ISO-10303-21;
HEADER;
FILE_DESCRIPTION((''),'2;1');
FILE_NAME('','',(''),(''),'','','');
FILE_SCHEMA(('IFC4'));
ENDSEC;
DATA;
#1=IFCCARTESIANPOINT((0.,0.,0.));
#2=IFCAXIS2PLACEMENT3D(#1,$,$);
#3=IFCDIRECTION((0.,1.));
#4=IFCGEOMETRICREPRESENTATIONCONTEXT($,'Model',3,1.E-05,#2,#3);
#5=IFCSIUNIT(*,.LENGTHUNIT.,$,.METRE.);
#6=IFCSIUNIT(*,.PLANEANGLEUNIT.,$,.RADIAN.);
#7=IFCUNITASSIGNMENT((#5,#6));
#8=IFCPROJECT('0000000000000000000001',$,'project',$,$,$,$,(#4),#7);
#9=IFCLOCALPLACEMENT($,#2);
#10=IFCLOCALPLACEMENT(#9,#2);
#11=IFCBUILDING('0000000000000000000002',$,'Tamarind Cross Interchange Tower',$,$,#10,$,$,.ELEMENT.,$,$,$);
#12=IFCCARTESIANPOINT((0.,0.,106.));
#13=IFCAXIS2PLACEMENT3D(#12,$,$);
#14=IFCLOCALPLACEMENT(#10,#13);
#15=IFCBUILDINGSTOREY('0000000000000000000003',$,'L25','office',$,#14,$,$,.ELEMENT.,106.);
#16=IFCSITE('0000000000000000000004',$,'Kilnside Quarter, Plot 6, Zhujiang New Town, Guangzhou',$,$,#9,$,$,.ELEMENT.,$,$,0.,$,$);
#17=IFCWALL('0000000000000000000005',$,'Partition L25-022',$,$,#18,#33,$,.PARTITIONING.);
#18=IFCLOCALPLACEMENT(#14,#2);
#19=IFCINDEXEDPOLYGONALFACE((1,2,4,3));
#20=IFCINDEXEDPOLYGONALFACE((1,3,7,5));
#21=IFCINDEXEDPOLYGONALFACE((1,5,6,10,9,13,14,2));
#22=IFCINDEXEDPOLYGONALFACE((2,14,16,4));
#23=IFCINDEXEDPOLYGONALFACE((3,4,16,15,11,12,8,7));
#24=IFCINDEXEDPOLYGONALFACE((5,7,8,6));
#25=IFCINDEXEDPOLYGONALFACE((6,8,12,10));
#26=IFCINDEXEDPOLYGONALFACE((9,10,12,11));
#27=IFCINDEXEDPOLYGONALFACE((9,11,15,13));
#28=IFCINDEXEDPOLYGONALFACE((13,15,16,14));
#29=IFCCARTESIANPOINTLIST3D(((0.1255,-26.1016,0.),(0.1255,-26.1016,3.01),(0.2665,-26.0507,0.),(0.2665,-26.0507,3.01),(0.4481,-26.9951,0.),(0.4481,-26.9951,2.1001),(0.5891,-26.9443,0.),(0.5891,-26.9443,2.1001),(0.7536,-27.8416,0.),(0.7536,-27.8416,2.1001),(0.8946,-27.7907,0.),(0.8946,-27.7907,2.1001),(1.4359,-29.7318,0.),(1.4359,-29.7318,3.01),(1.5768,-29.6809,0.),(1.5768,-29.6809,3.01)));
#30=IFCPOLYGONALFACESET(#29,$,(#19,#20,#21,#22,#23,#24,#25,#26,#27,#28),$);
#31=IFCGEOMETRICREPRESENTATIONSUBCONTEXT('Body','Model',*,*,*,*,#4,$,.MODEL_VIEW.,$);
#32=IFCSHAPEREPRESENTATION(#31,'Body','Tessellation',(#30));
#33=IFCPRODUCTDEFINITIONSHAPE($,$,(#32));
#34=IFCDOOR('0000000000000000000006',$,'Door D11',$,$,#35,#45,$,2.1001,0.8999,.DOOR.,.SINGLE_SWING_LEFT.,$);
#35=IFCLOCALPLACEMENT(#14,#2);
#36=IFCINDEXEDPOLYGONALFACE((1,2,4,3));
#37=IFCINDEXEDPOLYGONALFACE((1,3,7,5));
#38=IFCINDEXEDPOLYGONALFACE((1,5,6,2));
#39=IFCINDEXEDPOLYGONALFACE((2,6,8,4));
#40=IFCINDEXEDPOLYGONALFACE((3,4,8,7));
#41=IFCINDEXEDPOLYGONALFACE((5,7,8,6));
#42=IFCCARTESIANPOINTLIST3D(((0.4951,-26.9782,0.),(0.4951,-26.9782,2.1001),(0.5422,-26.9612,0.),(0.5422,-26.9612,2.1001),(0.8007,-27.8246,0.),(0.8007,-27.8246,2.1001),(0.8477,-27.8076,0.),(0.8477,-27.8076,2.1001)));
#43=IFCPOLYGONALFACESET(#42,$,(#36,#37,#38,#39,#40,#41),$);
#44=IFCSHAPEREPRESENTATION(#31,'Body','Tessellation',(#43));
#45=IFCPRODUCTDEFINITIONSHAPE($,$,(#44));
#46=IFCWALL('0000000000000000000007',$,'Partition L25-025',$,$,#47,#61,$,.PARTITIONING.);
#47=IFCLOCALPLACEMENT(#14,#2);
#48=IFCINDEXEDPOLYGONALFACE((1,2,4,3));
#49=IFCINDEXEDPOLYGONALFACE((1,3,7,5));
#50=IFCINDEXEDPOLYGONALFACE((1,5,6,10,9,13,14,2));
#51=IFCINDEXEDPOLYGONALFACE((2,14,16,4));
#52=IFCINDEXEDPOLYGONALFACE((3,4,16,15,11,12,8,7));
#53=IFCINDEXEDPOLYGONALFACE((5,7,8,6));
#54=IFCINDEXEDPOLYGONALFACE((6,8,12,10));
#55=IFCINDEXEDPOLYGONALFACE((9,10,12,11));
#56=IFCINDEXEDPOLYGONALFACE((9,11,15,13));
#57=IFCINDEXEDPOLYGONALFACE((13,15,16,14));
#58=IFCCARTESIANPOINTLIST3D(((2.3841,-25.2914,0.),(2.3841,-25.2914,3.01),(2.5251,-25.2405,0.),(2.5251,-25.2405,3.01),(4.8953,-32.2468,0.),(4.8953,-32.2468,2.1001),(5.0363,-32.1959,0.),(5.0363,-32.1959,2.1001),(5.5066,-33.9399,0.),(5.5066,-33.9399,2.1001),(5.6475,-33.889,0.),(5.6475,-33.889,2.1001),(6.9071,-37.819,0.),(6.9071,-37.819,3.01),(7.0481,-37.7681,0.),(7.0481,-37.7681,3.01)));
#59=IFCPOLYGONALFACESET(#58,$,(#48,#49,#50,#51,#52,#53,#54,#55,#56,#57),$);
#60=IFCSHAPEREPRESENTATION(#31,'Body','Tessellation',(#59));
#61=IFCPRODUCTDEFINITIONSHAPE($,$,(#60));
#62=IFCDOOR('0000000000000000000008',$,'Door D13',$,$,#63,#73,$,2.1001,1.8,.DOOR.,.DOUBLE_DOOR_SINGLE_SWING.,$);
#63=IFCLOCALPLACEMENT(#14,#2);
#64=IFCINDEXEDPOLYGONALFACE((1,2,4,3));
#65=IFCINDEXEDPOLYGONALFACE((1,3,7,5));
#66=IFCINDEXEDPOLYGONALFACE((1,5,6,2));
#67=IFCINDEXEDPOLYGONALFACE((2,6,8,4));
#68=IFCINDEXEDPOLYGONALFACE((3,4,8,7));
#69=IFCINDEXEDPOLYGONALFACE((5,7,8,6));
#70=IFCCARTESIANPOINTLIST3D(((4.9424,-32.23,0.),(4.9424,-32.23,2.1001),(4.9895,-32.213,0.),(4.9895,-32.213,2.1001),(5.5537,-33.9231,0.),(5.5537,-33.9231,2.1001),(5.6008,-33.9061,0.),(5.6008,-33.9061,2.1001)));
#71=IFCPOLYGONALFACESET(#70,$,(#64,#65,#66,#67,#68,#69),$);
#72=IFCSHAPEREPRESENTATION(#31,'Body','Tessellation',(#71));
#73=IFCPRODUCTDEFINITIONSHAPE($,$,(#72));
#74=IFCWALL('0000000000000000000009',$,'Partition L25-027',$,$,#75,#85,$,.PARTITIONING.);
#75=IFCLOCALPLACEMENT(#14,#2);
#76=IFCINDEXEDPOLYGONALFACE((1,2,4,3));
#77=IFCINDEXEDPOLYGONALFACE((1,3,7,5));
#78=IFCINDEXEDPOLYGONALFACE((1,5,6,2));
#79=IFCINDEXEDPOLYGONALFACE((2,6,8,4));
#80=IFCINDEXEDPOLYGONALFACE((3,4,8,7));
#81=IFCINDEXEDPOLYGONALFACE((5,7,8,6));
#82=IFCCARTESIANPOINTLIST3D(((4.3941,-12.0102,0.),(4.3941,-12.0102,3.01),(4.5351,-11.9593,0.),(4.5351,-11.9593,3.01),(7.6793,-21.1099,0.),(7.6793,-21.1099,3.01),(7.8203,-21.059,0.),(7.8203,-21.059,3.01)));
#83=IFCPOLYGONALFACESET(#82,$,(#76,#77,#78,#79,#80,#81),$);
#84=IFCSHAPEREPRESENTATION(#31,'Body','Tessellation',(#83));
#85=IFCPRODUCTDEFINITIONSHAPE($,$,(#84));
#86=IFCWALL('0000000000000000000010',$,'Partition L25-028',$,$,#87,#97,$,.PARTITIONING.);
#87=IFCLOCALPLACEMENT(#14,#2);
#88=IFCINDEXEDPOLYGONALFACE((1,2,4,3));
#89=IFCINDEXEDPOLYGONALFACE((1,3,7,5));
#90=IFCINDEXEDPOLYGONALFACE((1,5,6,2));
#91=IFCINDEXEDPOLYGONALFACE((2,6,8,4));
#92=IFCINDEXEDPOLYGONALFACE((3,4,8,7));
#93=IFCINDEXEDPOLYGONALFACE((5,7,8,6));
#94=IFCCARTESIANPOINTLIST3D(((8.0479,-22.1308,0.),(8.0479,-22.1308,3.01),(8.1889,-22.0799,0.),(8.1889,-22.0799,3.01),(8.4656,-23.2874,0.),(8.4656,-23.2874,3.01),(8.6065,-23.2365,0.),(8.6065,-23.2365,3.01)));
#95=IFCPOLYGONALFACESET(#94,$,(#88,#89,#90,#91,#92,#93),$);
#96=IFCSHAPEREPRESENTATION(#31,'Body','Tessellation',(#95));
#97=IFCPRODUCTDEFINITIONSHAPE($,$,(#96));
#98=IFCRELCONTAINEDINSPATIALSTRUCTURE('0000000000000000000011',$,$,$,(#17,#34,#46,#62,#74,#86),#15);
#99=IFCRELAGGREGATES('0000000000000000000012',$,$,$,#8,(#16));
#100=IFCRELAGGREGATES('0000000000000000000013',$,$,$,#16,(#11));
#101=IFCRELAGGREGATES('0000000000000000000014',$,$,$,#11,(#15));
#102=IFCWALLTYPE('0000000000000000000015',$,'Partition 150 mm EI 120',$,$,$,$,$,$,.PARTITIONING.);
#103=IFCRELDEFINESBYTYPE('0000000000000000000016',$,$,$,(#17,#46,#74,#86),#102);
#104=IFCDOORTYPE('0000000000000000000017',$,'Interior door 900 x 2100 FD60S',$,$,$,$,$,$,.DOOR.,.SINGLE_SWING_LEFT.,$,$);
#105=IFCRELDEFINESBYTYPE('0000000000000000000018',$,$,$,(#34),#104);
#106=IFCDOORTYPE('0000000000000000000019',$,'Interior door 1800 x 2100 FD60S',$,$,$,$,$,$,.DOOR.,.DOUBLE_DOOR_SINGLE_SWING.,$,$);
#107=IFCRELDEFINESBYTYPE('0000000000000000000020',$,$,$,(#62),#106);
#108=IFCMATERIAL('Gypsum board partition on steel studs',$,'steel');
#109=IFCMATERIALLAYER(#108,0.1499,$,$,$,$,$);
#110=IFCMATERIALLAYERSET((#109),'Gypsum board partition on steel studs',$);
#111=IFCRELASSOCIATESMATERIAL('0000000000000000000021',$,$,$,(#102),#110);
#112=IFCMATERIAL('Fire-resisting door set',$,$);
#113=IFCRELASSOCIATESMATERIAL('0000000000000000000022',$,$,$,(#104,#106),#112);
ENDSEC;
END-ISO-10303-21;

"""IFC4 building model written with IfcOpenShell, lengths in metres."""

from ifc_helpers import new_model, si_unit, direction, frame, frame_2d, origin, place, context, subcontext, project, spatial, rectangle, extrude, material, layer, layer_set, type_object, element, fill, save


model = new_model("IFC4")

# Units and contexts
model_context = context("Model", 3, precision=1e-05, world=origin(), true_north=direction((0.0, 1.0)))
body_context = subcontext(model_context, "Body", "Model", "MODEL_VIEW")
ifc_project = project(units=[si_unit("LENGTHUNIT", "METRE"), si_unit("PLANEANGLEUNIT", "RADIAN")], contexts=[model_context])

# Site, building, storey
site_placement = place(None, origin())
site = spatial("IfcSite", under=ifc_project, at=site_placement, Name="Kilnside Quarter, Plot 6, Zhujiang New Town, Guangzhou", CompositionType="ELEMENT", RefElevation=0.0)
building_placement = place(site_placement, origin())
building = spatial("IfcBuilding", under=site, at=building_placement, Name="Tamarind Cross Interchange Tower", CompositionType="ELEMENT")
storey_placement = place(building_placement, frame((0.0, 0.0, 106.0)))
storey = spatial("IfcBuildingStorey", under=building, at=storey_placement, Name="L25", Description="office", CompositionType="ELEMENT", Elevation=106.0)

# Shared definitions
ifc_material_1 = material(Name="Gypsum board partition on steel studs", Category="steel")
ifc_layer_1 = layer(ifc_material_1, 0.1499)
ifc_layer_set_1 = layer_set([ifc_layer_1], Name="Gypsum board partition on steel studs")
wall_type_1 = type_object("IfcWallType", Name="Partition 150 mm EI 120", PredefinedType="PARTITIONING", material=ifc_layer_set_1)

# Walls, openings, doors
wall_1_placement = place(storey_placement, frame((0.196, -26.0762, 0.0), z_axis=(0.0, 0.0, 1.0), x_axis=(0.339512, -0.940602, 0.0)))
wall_1 = element("IfcWall", 1, at=wall_1_placement, inside=storey, type_object=wall_type_1, Name="Partition L25-022", PredefinedType="PARTITIONING", context=body_context, shape_type="SweptSolid", body=[
    extrude(rectangle(XDim=3.8594, YDim=0.1499, at=frame_2d((1.9297, 0.0))), origin(), (0.0, 0.0, 1.0), 3.01),
])
opening_1_placement = place(wall_1_placement, frame((0.95, 0.0, 0.0)))
opening_1 = element("IfcOpeningElement", 2, at=opening_1_placement, cuts=wall_1, PredefinedType="OPENING", context=body_context, shape_type="SweptSolid", body=[
    extrude(rectangle(XDim=0.8999, YDim=2.1001, at=frame_2d((0.45, 1.05))), frame((0.0, 0.085, 0.0), z_axis=(0.0, -1.0, 0.0), x_axis=(1.0, 0.0, 0.0)), (0.0, 0.0, 1.0), 0.1699),
])
ifc_material_2 = material(Name="Fire-resisting door set")
door_type_1 = type_object("IfcDoorType", Name="Interior door 900 x 2100 FD60S", OperationType="SINGLE_SWING_LEFT", PredefinedType="DOOR", material=ifc_material_2)
door_1_placement = place(opening_1_placement, frame((0.8999, 0.0, 0.0), z_axis=(0.0, 0.0, 1.0), x_axis=(-1.0, 0.0, 0.0)))
door_1 = element("IfcDoor", 3, at=door_1_placement, inside=storey, type_object=door_type_1, Name="Door D11", OperationType="SINGLE_SWING_LEFT", OverallHeight=2.1001, OverallWidth=0.8999, PredefinedType="DOOR", context=body_context, shape_type="SweptSolid", body=[
    extrude(rectangle(XDim=0.8999, YDim=2.1001, at=frame_2d((0.45, 1.05))), frame((0.0, 0.0249, 0.0), z_axis=(0.0, -1.0, 0.0), x_axis=(1.0, 0.0, 0.0)), (0.0, 0.0, 1.0), 0.05),
])
fill(opening_1, door_1)
wall_2_placement = place(storey_placement, frame((2.4546, -25.2659, 0.0), z_axis=(0.0, 0.0, 1.0), x_axis=(0.339585, -0.940576, 0.0)))
wall_2 = element("IfcWall", 4, at=wall_2_placement, inside=storey, type_object=wall_type_1, Name="Partition L25-025", PredefinedType="PARTITIONING", context=body_context, shape_type="SweptSolid", body=[
    extrude(rectangle(XDim=13.3191, YDim=0.1499, at=frame_2d((6.6597, 0.0))), origin(), (0.0, 0.0, 1.0), 3.01),
])
opening_2_placement = place(wall_2_placement, frame((7.395, 0.0, 0.0)))
opening_2 = element("IfcOpeningElement", 5, at=opening_2_placement, cuts=wall_2, PredefinedType="OPENING", context=body_context, shape_type="SweptSolid", body=[
    extrude(rectangle(XDim=1.8, YDim=2.1001, at=frame_2d((0.8999, 1.05))), frame((0.0, 0.085, 0.0), z_axis=(0.0, -1.0, 0.0), x_axis=(1.0, 0.0, 0.0)), (0.0, 0.0, 1.0), 0.1699),
])
door_type_2 = type_object("IfcDoorType", Name="Interior door 1800 x 2100 FD60S", OperationType="DOUBLE_DOOR_SINGLE_SWING", PredefinedType="DOOR", material=ifc_material_2)
door_2_placement = place(opening_2_placement, frame((1.8, 0.0, 0.0), z_axis=(0.0, 0.0, 1.0), x_axis=(-1.0, 0.0, 0.0)))
door_2 = element("IfcDoor", 6, at=door_2_placement, inside=storey, type_object=door_type_2, Name="Door D13", OperationType="DOUBLE_DOOR_SINGLE_SWING", OverallHeight=2.1001, OverallWidth=1.8, PredefinedType="DOOR", context=body_context, shape_type="SweptSolid", body=[
    extrude(rectangle(XDim=1.8, YDim=2.1001, at=frame_2d((0.8999, 1.05))), frame((0.0, 0.0249, 0.0), z_axis=(0.0, -1.0, 0.0), x_axis=(1.0, 0.0, 0.0)), (0.0, 0.0, 1.0), 0.05),
])
fill(opening_2, door_2)

# Walls
wall_3_placement = place(storey_placement, frame((4.4646, -11.9846, 0.0), z_axis=(0.0, 0.0, 1.0), x_axis=(0.33957, -0.940581, 0.0)))
element("IfcWall", 7, at=wall_3_placement, inside=storey, type_object=wall_type_1, Name="Partition L25-027", PredefinedType="PARTITIONING", context=body_context, shape_type="SweptSolid", body=[
    extrude(rectangle(XDim=9.6746, YDim=0.1499, at=frame_2d((4.8374, 0.0))), origin(), (0.0, 0.0, 1.0), 3.01),
])
wall_4_placement = place(storey_placement, frame((8.1184, -22.1055, 0.0), z_axis=(0.0, 0.0, 1.0), x_axis=(0.339654, -0.94055, 0.0)))
element("IfcWall", 8, at=wall_4_placement, inside=storey, type_object=wall_type_1, Name="Partition L25-028", PredefinedType="PARTITIONING", context=body_context, shape_type="SweptSolid", body=[
    extrude(rectangle(XDim=1.2297, YDim=0.1499, at=frame_2d((0.6147, 0.0))), origin(), (0.0, 0.0, 1.0), 3.01),
])

save(model, "model.ifc")
